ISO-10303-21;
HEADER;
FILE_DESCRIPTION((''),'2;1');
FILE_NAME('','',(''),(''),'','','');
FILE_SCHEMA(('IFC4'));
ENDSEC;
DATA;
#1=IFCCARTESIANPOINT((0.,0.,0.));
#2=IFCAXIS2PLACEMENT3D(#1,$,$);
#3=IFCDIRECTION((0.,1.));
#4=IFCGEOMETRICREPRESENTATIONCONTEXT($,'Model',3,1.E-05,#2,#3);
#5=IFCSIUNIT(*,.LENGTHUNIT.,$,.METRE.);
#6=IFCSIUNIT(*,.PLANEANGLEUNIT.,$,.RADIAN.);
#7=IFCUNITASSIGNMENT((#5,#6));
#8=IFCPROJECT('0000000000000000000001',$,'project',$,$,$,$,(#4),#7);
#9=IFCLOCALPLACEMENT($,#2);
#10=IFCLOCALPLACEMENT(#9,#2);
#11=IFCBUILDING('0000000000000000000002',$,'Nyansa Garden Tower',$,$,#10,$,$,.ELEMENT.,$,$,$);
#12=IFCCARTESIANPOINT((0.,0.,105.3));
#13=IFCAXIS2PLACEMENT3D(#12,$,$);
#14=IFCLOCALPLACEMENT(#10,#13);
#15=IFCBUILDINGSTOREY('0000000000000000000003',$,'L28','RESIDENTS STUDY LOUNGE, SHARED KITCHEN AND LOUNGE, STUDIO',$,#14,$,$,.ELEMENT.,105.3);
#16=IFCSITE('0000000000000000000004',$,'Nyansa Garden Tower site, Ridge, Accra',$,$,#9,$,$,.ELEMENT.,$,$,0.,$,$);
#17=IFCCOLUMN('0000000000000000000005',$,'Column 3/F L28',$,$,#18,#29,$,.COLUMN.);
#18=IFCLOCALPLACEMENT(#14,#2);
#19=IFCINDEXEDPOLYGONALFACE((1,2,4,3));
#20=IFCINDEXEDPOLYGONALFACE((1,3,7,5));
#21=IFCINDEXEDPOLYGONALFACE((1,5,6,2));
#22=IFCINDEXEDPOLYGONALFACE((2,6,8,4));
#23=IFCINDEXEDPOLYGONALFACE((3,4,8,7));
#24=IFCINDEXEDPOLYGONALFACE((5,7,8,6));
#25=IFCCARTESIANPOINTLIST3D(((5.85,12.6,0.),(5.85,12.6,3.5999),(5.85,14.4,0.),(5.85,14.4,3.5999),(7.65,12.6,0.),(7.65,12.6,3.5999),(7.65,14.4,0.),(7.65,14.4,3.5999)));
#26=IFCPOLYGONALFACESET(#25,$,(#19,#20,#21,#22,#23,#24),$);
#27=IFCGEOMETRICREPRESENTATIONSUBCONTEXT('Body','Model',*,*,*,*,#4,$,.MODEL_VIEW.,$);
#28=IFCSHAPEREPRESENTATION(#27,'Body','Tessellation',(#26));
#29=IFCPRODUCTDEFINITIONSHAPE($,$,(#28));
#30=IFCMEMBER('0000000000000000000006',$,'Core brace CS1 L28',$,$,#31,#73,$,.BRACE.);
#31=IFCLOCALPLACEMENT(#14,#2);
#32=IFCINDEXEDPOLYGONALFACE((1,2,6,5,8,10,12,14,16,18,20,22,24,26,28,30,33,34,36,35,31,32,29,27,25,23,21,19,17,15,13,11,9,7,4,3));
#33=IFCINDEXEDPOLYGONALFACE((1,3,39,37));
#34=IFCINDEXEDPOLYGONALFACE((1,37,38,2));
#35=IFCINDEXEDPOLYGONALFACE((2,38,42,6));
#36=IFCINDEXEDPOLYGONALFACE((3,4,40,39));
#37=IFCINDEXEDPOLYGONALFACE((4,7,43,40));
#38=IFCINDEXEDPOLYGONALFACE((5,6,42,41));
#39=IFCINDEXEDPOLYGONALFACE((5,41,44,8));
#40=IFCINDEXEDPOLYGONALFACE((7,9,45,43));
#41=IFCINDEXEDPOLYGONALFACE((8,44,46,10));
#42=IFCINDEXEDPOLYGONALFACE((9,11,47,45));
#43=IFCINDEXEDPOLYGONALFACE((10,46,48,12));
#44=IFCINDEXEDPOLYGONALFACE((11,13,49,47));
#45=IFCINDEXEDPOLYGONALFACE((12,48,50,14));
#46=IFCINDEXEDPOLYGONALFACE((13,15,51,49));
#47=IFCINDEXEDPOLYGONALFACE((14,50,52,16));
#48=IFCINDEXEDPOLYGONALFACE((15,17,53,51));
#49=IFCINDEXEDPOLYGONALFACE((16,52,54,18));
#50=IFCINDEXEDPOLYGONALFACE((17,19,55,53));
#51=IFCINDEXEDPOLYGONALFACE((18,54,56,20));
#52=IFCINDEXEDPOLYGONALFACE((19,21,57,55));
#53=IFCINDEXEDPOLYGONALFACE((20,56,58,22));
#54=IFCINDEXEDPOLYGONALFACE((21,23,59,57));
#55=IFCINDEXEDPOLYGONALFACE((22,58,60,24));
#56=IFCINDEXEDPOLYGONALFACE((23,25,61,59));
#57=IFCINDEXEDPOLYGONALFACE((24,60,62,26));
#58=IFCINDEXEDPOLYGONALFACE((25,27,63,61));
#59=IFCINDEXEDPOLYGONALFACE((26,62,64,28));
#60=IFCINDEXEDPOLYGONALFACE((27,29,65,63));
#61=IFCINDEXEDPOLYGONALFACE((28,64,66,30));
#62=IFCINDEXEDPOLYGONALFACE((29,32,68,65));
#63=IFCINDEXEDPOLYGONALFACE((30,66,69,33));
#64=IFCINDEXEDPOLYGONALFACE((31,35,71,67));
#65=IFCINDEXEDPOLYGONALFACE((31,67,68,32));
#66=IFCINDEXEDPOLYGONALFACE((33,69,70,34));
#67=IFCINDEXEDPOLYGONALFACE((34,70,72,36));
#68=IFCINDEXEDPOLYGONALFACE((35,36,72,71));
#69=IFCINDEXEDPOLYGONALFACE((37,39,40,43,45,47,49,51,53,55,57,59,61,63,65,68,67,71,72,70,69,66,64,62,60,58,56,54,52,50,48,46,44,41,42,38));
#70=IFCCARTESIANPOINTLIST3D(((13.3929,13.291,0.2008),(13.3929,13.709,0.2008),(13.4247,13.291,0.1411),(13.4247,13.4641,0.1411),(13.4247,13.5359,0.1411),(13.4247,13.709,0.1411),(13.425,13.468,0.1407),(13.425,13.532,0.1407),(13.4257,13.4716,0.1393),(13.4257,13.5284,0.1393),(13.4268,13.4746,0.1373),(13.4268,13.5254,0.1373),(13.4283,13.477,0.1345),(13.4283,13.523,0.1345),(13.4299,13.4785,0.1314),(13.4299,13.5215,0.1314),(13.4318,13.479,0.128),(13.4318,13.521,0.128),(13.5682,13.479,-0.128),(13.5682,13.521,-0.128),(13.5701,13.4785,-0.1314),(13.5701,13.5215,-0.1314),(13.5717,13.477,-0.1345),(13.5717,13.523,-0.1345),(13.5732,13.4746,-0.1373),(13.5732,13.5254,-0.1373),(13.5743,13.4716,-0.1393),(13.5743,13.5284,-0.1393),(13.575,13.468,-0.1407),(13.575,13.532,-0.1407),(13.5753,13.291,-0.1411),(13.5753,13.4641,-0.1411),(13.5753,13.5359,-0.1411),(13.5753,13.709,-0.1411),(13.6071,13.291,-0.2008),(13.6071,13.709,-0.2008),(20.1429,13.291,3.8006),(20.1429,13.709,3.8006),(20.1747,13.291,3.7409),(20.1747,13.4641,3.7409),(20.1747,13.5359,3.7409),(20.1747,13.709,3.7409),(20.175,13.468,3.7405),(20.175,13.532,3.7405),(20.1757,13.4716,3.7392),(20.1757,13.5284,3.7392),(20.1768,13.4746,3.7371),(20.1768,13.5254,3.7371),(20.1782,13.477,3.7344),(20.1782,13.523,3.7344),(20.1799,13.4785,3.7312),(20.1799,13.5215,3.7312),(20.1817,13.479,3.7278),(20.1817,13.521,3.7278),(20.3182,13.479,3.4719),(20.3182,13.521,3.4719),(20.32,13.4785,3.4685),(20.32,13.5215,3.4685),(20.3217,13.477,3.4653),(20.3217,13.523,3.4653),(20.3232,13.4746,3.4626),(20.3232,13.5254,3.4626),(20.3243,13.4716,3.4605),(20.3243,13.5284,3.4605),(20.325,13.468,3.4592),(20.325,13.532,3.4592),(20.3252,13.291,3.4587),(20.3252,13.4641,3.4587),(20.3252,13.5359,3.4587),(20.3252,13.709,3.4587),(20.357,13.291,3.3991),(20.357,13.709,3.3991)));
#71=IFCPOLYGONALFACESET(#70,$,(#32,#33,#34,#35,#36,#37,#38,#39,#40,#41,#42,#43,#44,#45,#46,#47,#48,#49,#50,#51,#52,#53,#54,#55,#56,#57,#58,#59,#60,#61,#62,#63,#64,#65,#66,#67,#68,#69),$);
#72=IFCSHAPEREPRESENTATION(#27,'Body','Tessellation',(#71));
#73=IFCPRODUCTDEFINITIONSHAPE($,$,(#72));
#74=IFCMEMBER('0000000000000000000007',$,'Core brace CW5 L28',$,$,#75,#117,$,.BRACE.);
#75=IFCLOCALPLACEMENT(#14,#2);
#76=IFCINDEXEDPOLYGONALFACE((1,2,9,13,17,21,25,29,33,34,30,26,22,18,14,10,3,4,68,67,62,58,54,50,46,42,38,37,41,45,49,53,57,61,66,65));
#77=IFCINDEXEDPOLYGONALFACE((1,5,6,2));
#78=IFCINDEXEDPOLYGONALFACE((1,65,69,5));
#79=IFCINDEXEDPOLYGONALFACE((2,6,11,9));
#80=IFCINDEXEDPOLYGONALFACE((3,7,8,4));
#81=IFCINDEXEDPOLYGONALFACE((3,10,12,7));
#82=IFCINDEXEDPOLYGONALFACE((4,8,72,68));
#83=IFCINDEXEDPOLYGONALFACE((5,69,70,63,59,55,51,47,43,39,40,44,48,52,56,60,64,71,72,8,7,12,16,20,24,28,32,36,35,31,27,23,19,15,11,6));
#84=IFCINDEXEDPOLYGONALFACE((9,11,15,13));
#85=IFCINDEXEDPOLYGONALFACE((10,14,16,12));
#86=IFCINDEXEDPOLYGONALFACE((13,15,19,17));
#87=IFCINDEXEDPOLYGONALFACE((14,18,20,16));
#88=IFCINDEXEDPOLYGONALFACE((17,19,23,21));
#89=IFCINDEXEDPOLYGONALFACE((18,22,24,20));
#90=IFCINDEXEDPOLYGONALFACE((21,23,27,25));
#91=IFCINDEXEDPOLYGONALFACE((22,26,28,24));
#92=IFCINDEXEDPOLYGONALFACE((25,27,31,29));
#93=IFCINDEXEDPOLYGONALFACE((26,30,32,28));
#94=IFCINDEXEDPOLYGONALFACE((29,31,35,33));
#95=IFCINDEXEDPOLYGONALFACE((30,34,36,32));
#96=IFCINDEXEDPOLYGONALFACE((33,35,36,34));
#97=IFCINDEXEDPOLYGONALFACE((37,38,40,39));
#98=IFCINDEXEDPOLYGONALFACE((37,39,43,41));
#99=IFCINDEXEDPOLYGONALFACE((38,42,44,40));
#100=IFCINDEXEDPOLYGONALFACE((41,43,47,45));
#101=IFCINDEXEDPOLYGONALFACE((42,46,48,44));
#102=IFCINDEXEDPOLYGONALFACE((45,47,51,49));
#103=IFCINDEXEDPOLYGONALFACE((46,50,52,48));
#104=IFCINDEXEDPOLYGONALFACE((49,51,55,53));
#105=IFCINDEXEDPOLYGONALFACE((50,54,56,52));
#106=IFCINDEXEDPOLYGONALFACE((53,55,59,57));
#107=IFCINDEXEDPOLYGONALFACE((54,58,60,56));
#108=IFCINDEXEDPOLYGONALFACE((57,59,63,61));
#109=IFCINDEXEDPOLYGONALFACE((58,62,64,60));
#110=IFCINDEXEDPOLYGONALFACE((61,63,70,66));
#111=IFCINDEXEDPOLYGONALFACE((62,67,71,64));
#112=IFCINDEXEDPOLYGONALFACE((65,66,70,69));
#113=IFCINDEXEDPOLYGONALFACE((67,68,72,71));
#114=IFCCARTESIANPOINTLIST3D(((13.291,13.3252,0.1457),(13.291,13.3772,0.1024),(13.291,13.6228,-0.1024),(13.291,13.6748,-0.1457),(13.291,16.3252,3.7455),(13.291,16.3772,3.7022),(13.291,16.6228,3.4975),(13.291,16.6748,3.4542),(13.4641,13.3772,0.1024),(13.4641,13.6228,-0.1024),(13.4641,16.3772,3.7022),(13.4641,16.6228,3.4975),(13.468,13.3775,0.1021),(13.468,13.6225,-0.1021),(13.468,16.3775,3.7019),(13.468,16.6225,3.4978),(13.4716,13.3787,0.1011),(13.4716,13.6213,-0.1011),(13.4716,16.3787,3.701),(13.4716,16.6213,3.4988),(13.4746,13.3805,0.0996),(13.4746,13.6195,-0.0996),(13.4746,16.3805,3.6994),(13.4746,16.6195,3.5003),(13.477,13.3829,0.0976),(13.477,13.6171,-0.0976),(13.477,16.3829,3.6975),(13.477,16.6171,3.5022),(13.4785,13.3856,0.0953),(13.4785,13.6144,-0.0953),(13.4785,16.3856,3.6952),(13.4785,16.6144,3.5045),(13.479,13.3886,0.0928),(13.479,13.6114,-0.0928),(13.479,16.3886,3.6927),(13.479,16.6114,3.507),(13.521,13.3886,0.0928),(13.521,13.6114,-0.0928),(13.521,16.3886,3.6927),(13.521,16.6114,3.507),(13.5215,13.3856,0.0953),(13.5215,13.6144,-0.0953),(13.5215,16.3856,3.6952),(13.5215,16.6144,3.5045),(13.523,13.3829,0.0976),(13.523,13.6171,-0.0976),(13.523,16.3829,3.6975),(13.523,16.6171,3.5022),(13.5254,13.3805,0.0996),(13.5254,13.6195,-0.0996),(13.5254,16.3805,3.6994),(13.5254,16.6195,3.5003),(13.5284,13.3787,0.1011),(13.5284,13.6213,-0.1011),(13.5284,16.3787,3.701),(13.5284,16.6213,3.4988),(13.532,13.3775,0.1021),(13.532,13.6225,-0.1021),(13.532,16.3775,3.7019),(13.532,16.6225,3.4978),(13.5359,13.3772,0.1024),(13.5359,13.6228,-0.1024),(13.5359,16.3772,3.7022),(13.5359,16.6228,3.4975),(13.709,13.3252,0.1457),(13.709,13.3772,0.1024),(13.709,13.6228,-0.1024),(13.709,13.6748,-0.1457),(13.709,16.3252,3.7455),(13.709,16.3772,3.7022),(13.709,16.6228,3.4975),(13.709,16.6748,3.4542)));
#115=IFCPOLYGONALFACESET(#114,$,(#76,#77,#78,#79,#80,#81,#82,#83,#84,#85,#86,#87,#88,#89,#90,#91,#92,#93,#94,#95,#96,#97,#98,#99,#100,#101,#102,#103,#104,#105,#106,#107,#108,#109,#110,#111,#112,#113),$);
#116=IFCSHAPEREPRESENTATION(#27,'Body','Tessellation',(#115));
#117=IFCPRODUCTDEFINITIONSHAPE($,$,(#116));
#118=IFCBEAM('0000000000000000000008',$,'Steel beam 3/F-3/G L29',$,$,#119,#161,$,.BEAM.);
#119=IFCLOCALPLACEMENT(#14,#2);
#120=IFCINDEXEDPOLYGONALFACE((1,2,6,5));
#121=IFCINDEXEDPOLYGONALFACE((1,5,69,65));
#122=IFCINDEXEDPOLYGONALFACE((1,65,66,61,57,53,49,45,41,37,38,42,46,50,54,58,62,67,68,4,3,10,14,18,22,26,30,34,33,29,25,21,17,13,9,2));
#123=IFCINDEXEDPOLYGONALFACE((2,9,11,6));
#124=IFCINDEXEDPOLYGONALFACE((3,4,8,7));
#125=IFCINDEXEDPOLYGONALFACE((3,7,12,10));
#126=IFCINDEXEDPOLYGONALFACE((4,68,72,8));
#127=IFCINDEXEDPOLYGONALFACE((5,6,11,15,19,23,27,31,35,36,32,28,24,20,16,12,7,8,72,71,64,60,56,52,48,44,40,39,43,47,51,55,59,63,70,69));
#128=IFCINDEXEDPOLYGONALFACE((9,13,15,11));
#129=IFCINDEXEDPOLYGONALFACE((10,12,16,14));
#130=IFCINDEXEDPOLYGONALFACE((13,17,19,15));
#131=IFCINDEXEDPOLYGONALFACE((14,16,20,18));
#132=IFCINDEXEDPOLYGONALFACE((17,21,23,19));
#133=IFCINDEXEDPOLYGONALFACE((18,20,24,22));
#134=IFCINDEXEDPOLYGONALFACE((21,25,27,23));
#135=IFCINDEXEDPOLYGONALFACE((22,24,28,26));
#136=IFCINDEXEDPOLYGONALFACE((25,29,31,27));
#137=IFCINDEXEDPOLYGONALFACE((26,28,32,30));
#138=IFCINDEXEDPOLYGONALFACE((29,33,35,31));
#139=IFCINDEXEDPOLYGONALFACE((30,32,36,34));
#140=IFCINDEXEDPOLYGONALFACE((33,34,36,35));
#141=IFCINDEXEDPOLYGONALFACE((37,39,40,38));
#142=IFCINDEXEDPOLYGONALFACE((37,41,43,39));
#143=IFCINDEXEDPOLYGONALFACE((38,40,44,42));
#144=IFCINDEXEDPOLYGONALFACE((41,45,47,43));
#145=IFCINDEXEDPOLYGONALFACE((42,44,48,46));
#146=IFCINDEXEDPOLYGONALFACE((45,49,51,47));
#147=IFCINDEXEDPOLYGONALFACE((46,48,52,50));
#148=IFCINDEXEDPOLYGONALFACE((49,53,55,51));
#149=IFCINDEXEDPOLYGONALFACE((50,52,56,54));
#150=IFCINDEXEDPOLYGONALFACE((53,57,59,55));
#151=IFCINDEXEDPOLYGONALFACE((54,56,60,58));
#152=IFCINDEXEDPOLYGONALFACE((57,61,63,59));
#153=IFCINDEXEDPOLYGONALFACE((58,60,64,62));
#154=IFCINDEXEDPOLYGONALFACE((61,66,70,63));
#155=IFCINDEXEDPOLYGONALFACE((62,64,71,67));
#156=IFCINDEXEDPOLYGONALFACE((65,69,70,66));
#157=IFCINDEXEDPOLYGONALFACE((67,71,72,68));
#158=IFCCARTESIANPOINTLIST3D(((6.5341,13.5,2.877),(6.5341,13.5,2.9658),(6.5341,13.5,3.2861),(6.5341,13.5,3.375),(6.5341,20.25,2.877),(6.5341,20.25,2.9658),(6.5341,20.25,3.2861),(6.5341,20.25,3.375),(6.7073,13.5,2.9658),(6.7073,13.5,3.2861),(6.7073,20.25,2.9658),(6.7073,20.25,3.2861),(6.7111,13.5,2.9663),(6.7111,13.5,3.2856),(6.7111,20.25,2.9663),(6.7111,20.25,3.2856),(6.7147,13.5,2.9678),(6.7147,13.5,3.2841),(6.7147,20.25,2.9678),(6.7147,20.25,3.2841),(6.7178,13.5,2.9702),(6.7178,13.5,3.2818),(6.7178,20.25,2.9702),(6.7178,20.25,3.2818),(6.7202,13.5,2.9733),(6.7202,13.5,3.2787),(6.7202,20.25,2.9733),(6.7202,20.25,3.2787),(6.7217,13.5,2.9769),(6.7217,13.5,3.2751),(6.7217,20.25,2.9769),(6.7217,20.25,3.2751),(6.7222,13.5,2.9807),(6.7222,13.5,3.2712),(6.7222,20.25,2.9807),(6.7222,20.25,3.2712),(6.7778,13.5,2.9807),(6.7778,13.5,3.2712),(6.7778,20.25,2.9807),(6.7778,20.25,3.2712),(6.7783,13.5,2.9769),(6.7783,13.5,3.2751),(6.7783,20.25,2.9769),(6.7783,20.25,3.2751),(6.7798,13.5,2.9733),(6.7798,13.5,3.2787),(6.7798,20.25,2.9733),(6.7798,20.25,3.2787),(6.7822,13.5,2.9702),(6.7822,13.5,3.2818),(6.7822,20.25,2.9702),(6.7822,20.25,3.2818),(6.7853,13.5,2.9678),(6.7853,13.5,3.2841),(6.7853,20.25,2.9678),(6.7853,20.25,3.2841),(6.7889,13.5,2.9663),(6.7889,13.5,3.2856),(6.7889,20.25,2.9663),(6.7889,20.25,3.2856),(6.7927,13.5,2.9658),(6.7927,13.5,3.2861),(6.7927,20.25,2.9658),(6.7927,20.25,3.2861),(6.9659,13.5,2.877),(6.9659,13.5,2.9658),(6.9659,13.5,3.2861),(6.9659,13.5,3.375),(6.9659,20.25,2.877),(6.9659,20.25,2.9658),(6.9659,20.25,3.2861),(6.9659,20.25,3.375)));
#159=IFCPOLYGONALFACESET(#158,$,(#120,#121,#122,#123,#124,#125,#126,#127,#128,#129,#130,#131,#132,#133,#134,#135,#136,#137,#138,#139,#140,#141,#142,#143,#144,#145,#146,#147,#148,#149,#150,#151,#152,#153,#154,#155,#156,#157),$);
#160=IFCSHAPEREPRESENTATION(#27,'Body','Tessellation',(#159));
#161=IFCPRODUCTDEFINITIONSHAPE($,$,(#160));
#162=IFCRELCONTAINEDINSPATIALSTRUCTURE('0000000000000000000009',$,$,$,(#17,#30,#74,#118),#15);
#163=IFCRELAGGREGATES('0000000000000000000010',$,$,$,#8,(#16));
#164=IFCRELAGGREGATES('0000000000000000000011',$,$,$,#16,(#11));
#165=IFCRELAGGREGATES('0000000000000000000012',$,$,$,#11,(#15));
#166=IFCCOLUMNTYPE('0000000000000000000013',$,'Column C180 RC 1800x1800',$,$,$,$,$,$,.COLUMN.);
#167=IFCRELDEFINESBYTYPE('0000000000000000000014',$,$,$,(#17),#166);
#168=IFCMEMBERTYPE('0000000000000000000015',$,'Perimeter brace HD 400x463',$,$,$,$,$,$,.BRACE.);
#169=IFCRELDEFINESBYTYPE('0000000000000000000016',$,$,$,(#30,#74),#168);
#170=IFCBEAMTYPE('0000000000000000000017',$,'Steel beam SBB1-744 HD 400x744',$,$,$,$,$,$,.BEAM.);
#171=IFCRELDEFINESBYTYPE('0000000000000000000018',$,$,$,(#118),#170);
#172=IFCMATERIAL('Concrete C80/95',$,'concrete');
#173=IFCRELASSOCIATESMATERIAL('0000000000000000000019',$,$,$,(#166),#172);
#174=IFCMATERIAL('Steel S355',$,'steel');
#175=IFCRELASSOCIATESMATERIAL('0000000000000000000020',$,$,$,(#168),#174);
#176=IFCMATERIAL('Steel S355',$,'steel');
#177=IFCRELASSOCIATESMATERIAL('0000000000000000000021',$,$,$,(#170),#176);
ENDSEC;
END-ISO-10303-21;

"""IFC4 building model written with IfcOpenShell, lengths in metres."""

from ifc_helpers import new_model, si_unit, direction, frame, origin, origin_2d, place, context, subcontext, project, spatial, rectangle, i_section, extrude, material, material_profile, profile_set, type_object, element, save


model = new_model("IFC4")

# Units and contexts
model_context = context("Model", 3, precision=1e-05, world=origin(), true_north=direction((0.0, 1.0)))
body_context = subcontext(model_context, "Body", "Model", "MODEL_VIEW")
ifc_project = project(units=[si_unit("LENGTHUNIT", "METRE"), si_unit("PLANEANGLEUNIT", "RADIAN")], contexts=[model_context])

# Site, building, storey
site_placement = place(None, origin())
site = spatial("IfcSite", under=ifc_project, at=site_placement, Name="Nyansa Garden Tower site, Ridge, Accra", CompositionType="ELEMENT", RefElevation=0.0)
building_placement = place(site_placement, origin())
building = spatial("IfcBuilding", under=site, at=building_placement, Name="Nyansa Garden Tower", CompositionType="ELEMENT")
storey_placement = place(building_placement, frame((0.0, 0.0, 105.3)))
storey = spatial("IfcBuildingStorey", under=building, at=storey_placement, Name="L28", Description="RESIDENTS STUDY LOUNGE, SHARED KITCHEN AND LOUNGE, STUDIO", CompositionType="ELEMENT", Elevation=105.3)

# Column
ifc_material_1 = material(Name="Concrete C80/95", Category="concrete")
ifc_material_profile_1 = material_profile(ifc_material_1, rectangle(XDim=1.8, YDim=1.8, at=origin_2d()), Name="RC 1800x1800")
ifc_profile_set_1 = profile_set([ifc_material_profile_1], Name="Concrete C80/95")
column_type = type_object("IfcColumnType", Name="Column C180 RC 1800x1800", PredefinedType="COLUMN", material=ifc_profile_set_1)
column_placement = place(storey_placement, frame((6.75, 13.5, 0.0), z_axis=(0.0, 0.0, 1.0), x_axis=(1.0, 0.0, 0.0)))
element("IfcColumn", 1, at=column_placement, inside=storey, type_object=column_type, Name="Column 3/F L28", PredefinedType="COLUMN", context=body_context, shape_type="SweptSolid", body=[
    extrude(rectangle(XDim=1.8, YDim=1.8, at=origin_2d()), origin(), (0.0, 0.0, 1.0), 3.5999),
])

# Members
ifc_material_2 = material(Name="Steel S355", Category="steel")
ifc_material_profile_2 = material_profile(ifc_material_2, i_section(OverallWidth=0.418, OverallDepth=0.4551, WebThickness=0.042, FlangeThickness=0.0676, FilletRadius=0.0149, at=origin_2d()), Name="HD 400x463")
ifc_profile_set_2 = profile_set([ifc_material_profile_2], Name="Steel S355")
member_type = type_object("IfcMemberType", Name="Perimeter brace HD 400x463", PredefinedType="BRACE", material=ifc_profile_set_2)
member_1_placement = place(storey_placement, frame((13.5, 13.5, 0.0), z_axis=(0.882361, 0.0, 0.470573), x_axis=(0.0, 1.0, 0.0)))
element("IfcMember", 2, at=member_1_placement, inside=storey, type_object=member_type, Name="Core brace CS1 L28", PredefinedType="BRACE", context=body_context, shape_type="SweptSolid", body=[
    extrude(i_section(OverallWidth=0.418, OverallDepth=0.4551, WebThickness=0.042, FlangeThickness=0.0676, FilletRadius=0.0149, at=origin_2d()), origin(), (0.0, 0.0, 1.0), 7.6499),
])
member_2_placement = place(storey_placement, frame((13.5, 13.5, 0.0), z_axis=(0.0, 0.6402, 0.768208), x_axis=(-1.0, 0.0, 0.0)))
element("IfcMember", 3, at=member_2_placement, inside=storey, type_object=member_type, Name="Core brace CW5 L28", PredefinedType="BRACE", context=body_context, shape_type="SweptSolid", body=[
    extrude(i_section(OverallWidth=0.418, OverallDepth=0.4551, WebThickness=0.042, FlangeThickness=0.0676, FilletRadius=0.0149, at=origin_2d()), origin(), (0.0, 0.0, 1.0), 4.686),
])

# Beam
ifc_material_3 = material(Name="Steel S355", Category="steel")
ifc_material_profile_3 = material_profile(ifc_material_3, i_section(OverallWidth=0.4319, OverallDepth=0.498, WebThickness=0.0557, FlangeThickness=0.0889, FilletRadius=0.0149, at=origin_2d()), Name="HD 400x744")
ifc_profile_set_3 = profile_set([ifc_material_profile_3], Name="Steel S355")
beam_type_1 = type_object("IfcBeamType", Name="Steel beam SBB1-744 HD 400x744", PredefinedType="BEAM", material=ifc_profile_set_3)
for number, where, z_axis, x_axis, name in (
    (4, (6.75, 13.5, 3.126), (0.0, 1.0, 0.0), (-1.0, 0.0, 0.0), "Steel beam 3/F-3/G L29"),
):
    element("IfcBeam", number, at=place(storey_placement, frame(where, z_axis=z_axis, x_axis=x_axis)), inside=storey, type_object=beam_type_1, Name=name, PredefinedType="BEAM", context=body_context, shape_type="SweptSolid", body=[
        extrude(i_section(OverallWidth=0.4319, OverallDepth=0.498, WebThickness=0.0557, FlangeThickness=0.0889, FilletRadius=0.0149, at=origin_2d()), origin(), (0.0, 0.0, 1.0), 6.75),
    ])

save(model, "model.ifc")
